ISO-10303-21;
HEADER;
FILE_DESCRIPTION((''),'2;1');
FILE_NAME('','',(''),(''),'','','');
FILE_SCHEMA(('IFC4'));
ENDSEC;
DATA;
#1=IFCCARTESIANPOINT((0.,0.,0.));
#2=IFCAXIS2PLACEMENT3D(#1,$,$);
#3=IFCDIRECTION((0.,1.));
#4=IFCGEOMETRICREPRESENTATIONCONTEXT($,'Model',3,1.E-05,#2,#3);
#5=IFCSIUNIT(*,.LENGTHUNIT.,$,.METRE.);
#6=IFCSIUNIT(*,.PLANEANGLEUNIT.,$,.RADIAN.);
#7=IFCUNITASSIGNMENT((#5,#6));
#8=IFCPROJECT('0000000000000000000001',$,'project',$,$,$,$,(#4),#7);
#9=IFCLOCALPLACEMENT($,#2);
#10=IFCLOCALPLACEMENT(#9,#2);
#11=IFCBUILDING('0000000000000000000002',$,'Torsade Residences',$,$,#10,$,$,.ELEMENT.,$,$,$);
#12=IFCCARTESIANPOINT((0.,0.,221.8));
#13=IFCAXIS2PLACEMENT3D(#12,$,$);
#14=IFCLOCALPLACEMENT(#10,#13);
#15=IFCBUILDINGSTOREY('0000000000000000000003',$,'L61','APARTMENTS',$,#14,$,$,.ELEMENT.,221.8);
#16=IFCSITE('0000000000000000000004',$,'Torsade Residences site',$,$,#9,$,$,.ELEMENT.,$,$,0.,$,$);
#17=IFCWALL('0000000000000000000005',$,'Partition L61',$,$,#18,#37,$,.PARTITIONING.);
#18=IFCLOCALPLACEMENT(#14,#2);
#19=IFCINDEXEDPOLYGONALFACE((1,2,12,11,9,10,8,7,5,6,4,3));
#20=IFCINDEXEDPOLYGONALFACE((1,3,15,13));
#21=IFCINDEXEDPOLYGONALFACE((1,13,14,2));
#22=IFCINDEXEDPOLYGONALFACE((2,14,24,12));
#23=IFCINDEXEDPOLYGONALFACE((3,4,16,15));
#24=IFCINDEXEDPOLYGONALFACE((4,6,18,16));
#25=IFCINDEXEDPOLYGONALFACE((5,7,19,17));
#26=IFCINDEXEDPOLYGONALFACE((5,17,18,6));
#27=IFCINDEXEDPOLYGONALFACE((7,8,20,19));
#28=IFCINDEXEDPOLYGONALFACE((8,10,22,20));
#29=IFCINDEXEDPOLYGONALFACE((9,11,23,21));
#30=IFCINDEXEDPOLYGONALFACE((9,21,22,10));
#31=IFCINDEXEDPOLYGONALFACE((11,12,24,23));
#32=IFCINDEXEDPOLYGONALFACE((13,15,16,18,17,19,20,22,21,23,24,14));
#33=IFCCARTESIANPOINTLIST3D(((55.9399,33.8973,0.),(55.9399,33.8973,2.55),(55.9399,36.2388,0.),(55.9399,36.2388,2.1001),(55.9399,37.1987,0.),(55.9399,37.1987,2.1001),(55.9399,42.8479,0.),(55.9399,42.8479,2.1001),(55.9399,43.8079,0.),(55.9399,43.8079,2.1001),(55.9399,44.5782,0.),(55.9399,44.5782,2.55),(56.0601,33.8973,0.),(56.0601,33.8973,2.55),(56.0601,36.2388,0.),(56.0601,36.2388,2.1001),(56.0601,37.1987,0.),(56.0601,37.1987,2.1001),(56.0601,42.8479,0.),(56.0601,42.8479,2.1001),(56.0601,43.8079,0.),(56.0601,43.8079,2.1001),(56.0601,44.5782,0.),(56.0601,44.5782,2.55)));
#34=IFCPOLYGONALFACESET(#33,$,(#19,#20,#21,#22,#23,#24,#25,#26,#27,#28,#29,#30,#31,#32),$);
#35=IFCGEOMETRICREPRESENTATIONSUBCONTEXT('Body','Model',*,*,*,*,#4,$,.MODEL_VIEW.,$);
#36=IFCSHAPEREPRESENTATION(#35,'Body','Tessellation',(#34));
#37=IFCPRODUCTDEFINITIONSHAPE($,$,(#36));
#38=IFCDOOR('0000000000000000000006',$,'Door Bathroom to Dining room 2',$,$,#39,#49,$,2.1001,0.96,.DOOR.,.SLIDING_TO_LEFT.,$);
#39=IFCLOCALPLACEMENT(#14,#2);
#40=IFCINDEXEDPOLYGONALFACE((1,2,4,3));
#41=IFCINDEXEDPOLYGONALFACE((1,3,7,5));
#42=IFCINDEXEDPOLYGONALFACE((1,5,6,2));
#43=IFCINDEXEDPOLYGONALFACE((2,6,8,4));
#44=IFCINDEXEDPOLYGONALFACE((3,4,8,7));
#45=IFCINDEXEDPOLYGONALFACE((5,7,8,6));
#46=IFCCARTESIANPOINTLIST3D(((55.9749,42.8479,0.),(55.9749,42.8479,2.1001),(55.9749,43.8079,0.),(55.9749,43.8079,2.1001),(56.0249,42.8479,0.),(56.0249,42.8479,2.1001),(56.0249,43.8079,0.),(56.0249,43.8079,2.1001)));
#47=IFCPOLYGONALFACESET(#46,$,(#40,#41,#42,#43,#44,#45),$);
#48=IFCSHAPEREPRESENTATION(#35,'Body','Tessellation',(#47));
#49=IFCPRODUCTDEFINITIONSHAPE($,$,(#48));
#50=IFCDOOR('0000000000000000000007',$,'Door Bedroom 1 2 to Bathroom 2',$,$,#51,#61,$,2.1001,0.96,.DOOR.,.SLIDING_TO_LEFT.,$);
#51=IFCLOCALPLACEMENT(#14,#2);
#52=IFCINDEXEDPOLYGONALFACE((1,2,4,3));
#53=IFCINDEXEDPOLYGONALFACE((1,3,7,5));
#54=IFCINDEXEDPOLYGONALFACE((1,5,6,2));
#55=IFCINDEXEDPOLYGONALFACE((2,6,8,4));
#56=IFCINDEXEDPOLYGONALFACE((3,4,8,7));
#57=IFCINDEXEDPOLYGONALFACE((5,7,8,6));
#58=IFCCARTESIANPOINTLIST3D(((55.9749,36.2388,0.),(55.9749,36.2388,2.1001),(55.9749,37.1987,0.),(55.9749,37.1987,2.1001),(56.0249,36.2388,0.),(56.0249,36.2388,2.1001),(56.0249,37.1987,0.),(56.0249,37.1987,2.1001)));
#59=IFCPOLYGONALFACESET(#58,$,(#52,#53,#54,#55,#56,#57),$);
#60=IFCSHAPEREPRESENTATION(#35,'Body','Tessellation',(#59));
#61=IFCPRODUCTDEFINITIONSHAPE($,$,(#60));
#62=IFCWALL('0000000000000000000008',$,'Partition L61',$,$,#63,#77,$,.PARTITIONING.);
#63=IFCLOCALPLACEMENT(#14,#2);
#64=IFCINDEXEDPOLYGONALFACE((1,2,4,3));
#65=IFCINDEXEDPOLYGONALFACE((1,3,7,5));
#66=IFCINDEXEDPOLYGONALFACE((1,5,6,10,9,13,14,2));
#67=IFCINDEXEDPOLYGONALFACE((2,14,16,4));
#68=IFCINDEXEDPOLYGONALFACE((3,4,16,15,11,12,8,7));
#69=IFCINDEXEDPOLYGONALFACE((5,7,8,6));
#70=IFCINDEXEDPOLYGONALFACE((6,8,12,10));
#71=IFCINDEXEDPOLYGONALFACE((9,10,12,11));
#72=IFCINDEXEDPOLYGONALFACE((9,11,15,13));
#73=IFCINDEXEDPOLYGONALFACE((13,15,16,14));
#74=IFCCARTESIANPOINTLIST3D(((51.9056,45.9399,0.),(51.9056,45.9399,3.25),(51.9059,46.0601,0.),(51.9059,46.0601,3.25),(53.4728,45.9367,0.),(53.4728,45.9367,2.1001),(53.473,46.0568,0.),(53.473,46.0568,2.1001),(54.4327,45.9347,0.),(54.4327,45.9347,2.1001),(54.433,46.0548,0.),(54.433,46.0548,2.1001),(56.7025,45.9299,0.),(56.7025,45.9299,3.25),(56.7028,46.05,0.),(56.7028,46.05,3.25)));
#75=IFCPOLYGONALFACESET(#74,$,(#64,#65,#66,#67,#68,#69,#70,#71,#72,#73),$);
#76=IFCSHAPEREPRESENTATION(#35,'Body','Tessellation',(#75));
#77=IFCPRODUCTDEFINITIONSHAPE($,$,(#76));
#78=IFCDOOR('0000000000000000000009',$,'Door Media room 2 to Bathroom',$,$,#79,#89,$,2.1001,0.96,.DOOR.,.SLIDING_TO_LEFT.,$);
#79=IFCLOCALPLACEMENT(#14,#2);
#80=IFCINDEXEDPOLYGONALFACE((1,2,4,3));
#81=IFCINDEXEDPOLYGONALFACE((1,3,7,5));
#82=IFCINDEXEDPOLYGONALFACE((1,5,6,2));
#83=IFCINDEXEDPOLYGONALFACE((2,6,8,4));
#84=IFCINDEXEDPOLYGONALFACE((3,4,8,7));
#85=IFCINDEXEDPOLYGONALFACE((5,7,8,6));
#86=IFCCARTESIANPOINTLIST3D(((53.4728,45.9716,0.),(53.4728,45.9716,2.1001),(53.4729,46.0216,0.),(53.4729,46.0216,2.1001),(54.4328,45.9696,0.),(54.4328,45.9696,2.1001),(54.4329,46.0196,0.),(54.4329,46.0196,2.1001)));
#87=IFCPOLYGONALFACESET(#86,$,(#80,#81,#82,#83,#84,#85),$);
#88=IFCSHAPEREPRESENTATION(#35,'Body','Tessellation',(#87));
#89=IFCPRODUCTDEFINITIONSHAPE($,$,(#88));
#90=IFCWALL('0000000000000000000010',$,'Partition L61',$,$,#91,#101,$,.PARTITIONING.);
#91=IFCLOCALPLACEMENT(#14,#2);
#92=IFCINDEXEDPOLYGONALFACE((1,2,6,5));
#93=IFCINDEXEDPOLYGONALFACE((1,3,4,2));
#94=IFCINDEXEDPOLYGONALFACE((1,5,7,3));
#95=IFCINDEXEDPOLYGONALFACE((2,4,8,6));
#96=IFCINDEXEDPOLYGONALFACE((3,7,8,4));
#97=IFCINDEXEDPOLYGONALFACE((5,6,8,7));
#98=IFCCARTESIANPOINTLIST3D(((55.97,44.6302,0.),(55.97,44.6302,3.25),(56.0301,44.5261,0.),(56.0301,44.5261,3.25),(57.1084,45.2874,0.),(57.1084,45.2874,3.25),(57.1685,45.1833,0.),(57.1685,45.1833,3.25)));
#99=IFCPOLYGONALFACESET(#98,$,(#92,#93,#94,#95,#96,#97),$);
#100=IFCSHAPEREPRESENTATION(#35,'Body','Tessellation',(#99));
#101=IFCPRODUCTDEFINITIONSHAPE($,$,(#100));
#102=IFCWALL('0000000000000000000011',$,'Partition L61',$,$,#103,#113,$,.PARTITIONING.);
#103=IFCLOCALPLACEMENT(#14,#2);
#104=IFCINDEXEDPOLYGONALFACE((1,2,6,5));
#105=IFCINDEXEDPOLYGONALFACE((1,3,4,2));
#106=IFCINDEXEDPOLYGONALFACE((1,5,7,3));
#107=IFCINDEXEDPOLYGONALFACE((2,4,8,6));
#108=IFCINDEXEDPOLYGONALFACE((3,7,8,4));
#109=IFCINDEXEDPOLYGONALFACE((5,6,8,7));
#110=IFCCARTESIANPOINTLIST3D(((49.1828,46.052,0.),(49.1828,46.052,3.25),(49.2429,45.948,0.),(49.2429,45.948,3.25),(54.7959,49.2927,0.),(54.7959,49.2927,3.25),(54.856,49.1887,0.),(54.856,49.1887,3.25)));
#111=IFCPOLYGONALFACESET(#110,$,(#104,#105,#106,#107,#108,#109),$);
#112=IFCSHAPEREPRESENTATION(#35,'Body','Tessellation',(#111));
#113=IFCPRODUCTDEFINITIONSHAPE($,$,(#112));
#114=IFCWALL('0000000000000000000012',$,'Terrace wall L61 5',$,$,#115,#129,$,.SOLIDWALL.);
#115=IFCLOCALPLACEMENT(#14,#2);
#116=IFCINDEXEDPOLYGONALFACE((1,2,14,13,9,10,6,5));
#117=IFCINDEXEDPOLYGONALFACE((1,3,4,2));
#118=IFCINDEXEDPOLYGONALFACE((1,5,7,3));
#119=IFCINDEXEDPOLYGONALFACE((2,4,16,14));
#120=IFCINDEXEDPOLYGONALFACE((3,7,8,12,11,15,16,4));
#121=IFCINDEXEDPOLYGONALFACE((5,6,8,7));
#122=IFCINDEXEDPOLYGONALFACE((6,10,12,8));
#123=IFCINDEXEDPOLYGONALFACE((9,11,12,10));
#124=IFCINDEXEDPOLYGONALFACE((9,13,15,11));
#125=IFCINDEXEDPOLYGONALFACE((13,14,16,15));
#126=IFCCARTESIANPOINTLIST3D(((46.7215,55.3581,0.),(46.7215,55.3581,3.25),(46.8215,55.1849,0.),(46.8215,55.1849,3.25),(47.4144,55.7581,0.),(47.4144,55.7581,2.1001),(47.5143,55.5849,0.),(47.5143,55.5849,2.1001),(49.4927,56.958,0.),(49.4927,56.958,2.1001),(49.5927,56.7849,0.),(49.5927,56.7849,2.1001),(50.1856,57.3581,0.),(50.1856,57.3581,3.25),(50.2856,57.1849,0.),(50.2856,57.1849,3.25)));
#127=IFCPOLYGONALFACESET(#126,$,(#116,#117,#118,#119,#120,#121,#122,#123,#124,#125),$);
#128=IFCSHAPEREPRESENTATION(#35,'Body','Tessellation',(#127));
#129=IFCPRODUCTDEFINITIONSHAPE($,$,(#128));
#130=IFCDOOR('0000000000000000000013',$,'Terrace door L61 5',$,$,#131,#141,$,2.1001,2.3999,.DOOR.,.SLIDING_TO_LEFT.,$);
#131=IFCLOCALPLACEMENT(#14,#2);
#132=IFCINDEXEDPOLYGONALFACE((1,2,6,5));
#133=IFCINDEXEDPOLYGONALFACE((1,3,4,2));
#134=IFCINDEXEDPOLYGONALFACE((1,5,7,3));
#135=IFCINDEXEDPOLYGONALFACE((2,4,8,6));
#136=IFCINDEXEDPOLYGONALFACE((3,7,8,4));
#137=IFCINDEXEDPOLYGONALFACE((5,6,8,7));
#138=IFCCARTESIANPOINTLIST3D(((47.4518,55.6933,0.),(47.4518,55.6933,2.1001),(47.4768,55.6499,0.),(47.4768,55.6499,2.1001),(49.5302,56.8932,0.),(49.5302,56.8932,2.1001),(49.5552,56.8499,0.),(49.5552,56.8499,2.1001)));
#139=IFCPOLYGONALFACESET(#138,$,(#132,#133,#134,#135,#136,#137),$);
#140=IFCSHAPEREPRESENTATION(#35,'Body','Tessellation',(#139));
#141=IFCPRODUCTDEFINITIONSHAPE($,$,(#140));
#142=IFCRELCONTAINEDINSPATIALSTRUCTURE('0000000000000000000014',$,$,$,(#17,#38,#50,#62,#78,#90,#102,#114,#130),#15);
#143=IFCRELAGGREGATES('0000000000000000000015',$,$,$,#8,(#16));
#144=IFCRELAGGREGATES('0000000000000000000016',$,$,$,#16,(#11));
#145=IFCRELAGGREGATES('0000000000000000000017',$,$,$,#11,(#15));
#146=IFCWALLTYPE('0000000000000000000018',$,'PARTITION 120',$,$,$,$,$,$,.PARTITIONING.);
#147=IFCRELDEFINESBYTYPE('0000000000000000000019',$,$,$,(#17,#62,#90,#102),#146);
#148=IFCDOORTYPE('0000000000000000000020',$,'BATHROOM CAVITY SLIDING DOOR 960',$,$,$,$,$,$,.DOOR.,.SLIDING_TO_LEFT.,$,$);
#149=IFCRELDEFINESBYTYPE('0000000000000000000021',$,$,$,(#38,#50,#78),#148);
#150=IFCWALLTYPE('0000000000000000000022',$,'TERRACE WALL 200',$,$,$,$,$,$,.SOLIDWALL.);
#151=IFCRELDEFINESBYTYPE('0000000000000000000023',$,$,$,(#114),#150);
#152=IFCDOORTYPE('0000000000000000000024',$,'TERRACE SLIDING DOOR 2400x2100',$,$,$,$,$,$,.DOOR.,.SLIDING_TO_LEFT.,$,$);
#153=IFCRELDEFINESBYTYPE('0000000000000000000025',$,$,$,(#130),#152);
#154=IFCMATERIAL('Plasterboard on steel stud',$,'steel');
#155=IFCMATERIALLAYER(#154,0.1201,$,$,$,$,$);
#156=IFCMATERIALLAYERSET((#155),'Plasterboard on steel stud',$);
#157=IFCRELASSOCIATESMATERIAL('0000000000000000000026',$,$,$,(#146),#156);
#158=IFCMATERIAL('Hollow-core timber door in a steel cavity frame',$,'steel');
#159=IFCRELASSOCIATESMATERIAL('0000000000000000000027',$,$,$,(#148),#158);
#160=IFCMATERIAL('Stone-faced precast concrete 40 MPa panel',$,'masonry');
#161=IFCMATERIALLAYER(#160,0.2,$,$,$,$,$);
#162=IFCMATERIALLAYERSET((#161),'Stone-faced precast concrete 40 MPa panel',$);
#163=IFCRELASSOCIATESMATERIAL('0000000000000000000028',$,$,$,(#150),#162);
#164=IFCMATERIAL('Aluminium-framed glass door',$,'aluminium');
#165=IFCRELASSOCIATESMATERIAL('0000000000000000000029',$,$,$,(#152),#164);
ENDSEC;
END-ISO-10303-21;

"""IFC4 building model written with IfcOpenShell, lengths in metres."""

from ifc_helpers import new_model, si_unit, direction, frame, frame_2d, origin, place, context, subcontext, project, spatial, rectangle, extrude, material, layer, layer_set, type_object, element, fill, save


model = new_model("IFC4")

# Units and contexts
model_context = context("Model", 3, precision=1e-05, world=origin(), true_north=direction((0.0, 1.0)))
body_context = subcontext(model_context, "Body", "Model", "MODEL_VIEW")
ifc_project = project(units=[si_unit("LENGTHUNIT", "METRE"), si_unit("PLANEANGLEUNIT", "RADIAN")], contexts=[model_context])

# Site, building, storey
site_placement = place(None, origin())
site = spatial("IfcSite", under=ifc_project, at=site_placement, Name="Torsade Residences site", CompositionType="ELEMENT", RefElevation=0.0)
building_placement = place(site_placement, origin())
building = spatial("IfcBuilding", under=site, at=building_placement, Name="Torsade Residences", CompositionType="ELEMENT")
storey_placement = place(building_placement, frame((0.0, 0.0, 221.8)))
storey = spatial("IfcBuildingStorey", under=building, at=storey_placement, Name="L61", Description="APARTMENTS", CompositionType="ELEMENT", Elevation=221.8)

# Wall, openings, doors
ifc_material_1 = material(Name="Plasterboard on steel stud", Category="steel")
ifc_layer_1 = layer(ifc_material_1, 0.1201)
ifc_layer_set_1 = layer_set([ifc_layer_1], Name="Plasterboard on steel stud")
wall_type_1 = type_object("IfcWallType", Name="PARTITION 120", PredefinedType="PARTITIONING", material=ifc_layer_set_1)
wall_1_placement = place(storey_placement, frame((56.0, 44.5781, 0.0), z_axis=(0.0, 0.0, 1.0), x_axis=(0.0, -1.0, 0.0)))
wall_1 = element("IfcWall", 1, at=wall_1_placement, inside=storey, type_object=wall_type_1, Name="Partition L61", PredefinedType="PARTITIONING", context=body_context, shape_type="SweptSolid", body=[
    extrude(rectangle(XDim=10.6809, YDim=0.1201, at=frame_2d((5.3403, 0.0))), origin(), (0.0, 0.0, 1.0), 2.55),
])
opening_1_placement = place(wall_1_placement, frame((0.7703, 0.0, 0.0)))
opening_1 = element("IfcOpeningElement", 2, at=opening_1_placement, cuts=wall_1, PredefinedType="OPENING", context=body_context, shape_type="SweptSolid", body=[
    extrude(rectangle(XDim=0.96, YDim=2.1001, at=frame_2d((0.48, 1.05))), frame((0.0, 0.0701, 0.0), z_axis=(0.0, -1.0, 0.0), x_axis=(1.0, 0.0, 0.0)), (0.0, 0.0, 1.0), 0.1401),
])
opening_2_placement = place(wall_1_placement, frame((7.3794, 0.0, 0.0)))
opening_2 = element("IfcOpeningElement", 3, at=opening_2_placement, cuts=wall_1, PredefinedType="OPENING", context=body_context, shape_type="SweptSolid", body=[
    extrude(rectangle(XDim=0.96, YDim=2.1001, at=frame_2d((0.48, 1.05))), frame((0.0, 0.0701, 0.0), z_axis=(0.0, -1.0, 0.0), x_axis=(1.0, 0.0, 0.0)), (0.0, 0.0, 1.0), 0.1401),
])
ifc_material_2 = material(Name="Hollow-core timber door in a steel cavity frame", Category="steel")
door_type_1 = type_object("IfcDoorType", Name="BATHROOM CAVITY SLIDING DOOR 960", OperationType="SLIDING_TO_LEFT", PredefinedType="DOOR", material=ifc_material_2)
door_1_placement = place(opening_1_placement, origin())
door_1 = element("IfcDoor", 4, at=door_1_placement, inside=storey, type_object=door_type_1, Name="Door Bathroom to Dining room 2", OperationType="SLIDING_TO_LEFT", OverallHeight=2.1001, OverallWidth=0.96, PredefinedType="DOOR", context=body_context, shape_type="SweptSolid", body=[
    extrude(rectangle(XDim=0.96, YDim=2.1001, at=frame_2d((0.48, 1.05))), frame((0.0, 0.0249, 0.0), z_axis=(0.0, -1.0, 0.0), x_axis=(1.0, 0.0, 0.0)), (0.0, 0.0, 1.0), 0.05),
])
fill(opening_1, door_1)
door_2_placement = place(opening_2_placement, origin())
door_2 = element("IfcDoor", 5, at=door_2_placement, inside=storey, type_object=door_type_1, Name="Door Bedroom 1 2 to Bathroom 2", OperationType="SLIDING_TO_LEFT", OverallHeight=2.1001, OverallWidth=0.96, PredefinedType="DOOR", context=body_context, shape_type="SweptSolid", body=[
    extrude(rectangle(XDim=0.96, YDim=2.1001, at=frame_2d((0.48, 1.05))), frame((0.0, 0.0249, 0.0), z_axis=(0.0, -1.0, 0.0), x_axis=(1.0, 0.0, 0.0)), (0.0, 0.0, 1.0), 0.05),
])
fill(opening_2, door_2)

# Wall, opening, door
wall_2_placement = place(storey_placement, frame((51.9058, 46.0, 0.0), z_axis=(0.0, 0.0, 1.0), x_axis=(0.999998, -0.002087, 0.0)))
wall_2 = element("IfcWall", 6, at=wall_2_placement, inside=storey, type_object=wall_type_1, Name="Partition L61", PredefinedType="PARTITIONING", context=body_context, shape_type="SweptSolid", body=[
    extrude(rectangle(XDim=4.7969, YDim=0.1201, at=frame_2d((2.3984, 0.0))), origin(), (0.0, 0.0, 1.0), 3.25),
])
opening_3_placement = place(wall_2_placement, frame((1.5671, 0.0, 0.0)))
opening_3 = element("IfcOpeningElement", 7, at=opening_3_placement, cuts=wall_2, PredefinedType="OPENING", context=body_context, shape_type="SweptSolid", body=[
    extrude(rectangle(XDim=0.96, YDim=2.1001, at=frame_2d((0.48, 1.05))), frame((0.0, 0.0701, 0.0), z_axis=(0.0, -1.0, 0.0), x_axis=(1.0, 0.0, 0.0)), (0.0, 0.0, 1.0), 0.1401),
])
door_3_placement = place(opening_3_placement, origin())
door_3 = element("IfcDoor", 8, at=door_3_placement, inside=storey, type_object=door_type_1, Name="Door Media room 2 to Bathroom", OperationType="SLIDING_TO_LEFT", OverallHeight=2.1001, OverallWidth=0.96, PredefinedType="DOOR", context=body_context, shape_type="SweptSolid", body=[
    extrude(rectangle(XDim=0.96, YDim=2.1001, at=frame_2d((0.48, 1.05))), frame((0.0, 0.0249, 0.0), z_axis=(0.0, -1.0, 0.0), x_axis=(1.0, 0.0, 0.0)), (0.0, 0.0, 1.0), 0.05),
])
fill(opening_3, door_3)

# Walls
wall_3_placement = place(storey_placement, frame((57.1384, 45.2354, 0.0), z_axis=(0.0, 0.0, 1.0), x_axis=(-0.86604, -0.499974, 0.0)))
element("IfcWall", 9, at=wall_3_placement, inside=storey, type_object=wall_type_1, Name="Partition L61", PredefinedType="PARTITIONING", context=body_context, shape_type="SweptSolid", body=[
    extrude(rectangle(XDim=1.3145, YDim=0.1201, at=frame_2d((0.6572, 0.0))), origin(), (0.0, 0.0, 1.0), 3.25),
])
wall_4_placement = place(storey_placement, frame((54.8259, 49.2407, 0.0), z_axis=(0.0, 0.0, 1.0), x_axis=(-0.866023, -0.500004, 0.0)))
element("IfcWall", 10, at=wall_4_placement, inside=storey, type_object=wall_type_1, Name="Partition L61", PredefinedType="PARTITIONING", context=body_context, shape_type="SweptSolid", body=[
    extrude(rectangle(XDim=6.4814, YDim=0.1201, at=frame_2d((3.2407, 0.0))), origin(), (0.0, 0.0, 1.0), 3.25),
])

# Wall, opening, door
ifc_material_3 = material(Name="Stone-faced precast concrete 40 MPa panel", Category="masonry")
ifc_layer_2 = layer(ifc_material_3, 0.2)
ifc_layer_set_2 = layer_set([ifc_layer_2], Name="Stone-faced precast concrete 40 MPa panel")
wall_type_2 = type_object("IfcWallType", Name="TERRACE WALL 200", PredefinedType="SOLIDWALL", material=ifc_layer_set_2)
wall_5_placement = place(storey_placement, frame((50.2356, 57.2715, 0.0), z_axis=(0.0, 0.0, 1.0), x_axis=(-0.866026, -0.499999, 0.0)))
wall_5 = element("IfcWall", 11, at=wall_5_placement, inside=storey, type_object=wall_type_2, Name="Terrace wall L61 5", PredefinedType="SOLIDWALL", context=body_context, shape_type="SweptSolid", body=[
    extrude(rectangle(XDim=4.0, YDim=0.2, at=frame_2d((2.0, 0.0))), origin(), (0.0, 0.0, 1.0), 3.25),
])
opening_4_placement = place(wall_5_placement, frame((0.8, 0.0, 0.0)))
opening_4 = element("IfcOpeningElement", 12, at=opening_4_placement, cuts=wall_5, PredefinedType="OPENING", context=body_context, shape_type="SweptSolid", body=[
    extrude(rectangle(XDim=2.3999, YDim=2.1001, at=frame_2d((1.2, 1.05))), frame((0.0, 0.1099, 0.0), z_axis=(0.0, -1.0, 0.0), x_axis=(1.0, 0.0, 0.0)), (0.0, 0.0, 1.0), 0.22),
])
ifc_material_4 = material(Name="Aluminium-framed glass door", Category="aluminium")
door_type_2 = type_object("IfcDoorType", Name="TERRACE SLIDING DOOR 2400x2100", OperationType="SLIDING_TO_LEFT", PredefinedType="DOOR", material=ifc_material_4)
door_4_placement = place(opening_4_placement, origin())
door_4 = element("IfcDoor", 13, at=door_4_placement, inside=storey, type_object=door_type_2, Name="Terrace door L61 5", OperationType="SLIDING_TO_LEFT", OverallHeight=2.1001, OverallWidth=2.3999, PredefinedType="DOOR", context=body_context, shape_type="SweptSolid", body=[
    extrude(rectangle(XDim=2.3999, YDim=2.1001, at=frame_2d((1.2, 1.05))), frame((0.0, 0.0249, 0.0), z_axis=(0.0, -1.0, 0.0), x_axis=(1.0, 0.0, 0.0)), (0.0, 0.0, 1.0), 0.05),
])
fill(opening_4, door_4)

save(model, "model.ifc")
